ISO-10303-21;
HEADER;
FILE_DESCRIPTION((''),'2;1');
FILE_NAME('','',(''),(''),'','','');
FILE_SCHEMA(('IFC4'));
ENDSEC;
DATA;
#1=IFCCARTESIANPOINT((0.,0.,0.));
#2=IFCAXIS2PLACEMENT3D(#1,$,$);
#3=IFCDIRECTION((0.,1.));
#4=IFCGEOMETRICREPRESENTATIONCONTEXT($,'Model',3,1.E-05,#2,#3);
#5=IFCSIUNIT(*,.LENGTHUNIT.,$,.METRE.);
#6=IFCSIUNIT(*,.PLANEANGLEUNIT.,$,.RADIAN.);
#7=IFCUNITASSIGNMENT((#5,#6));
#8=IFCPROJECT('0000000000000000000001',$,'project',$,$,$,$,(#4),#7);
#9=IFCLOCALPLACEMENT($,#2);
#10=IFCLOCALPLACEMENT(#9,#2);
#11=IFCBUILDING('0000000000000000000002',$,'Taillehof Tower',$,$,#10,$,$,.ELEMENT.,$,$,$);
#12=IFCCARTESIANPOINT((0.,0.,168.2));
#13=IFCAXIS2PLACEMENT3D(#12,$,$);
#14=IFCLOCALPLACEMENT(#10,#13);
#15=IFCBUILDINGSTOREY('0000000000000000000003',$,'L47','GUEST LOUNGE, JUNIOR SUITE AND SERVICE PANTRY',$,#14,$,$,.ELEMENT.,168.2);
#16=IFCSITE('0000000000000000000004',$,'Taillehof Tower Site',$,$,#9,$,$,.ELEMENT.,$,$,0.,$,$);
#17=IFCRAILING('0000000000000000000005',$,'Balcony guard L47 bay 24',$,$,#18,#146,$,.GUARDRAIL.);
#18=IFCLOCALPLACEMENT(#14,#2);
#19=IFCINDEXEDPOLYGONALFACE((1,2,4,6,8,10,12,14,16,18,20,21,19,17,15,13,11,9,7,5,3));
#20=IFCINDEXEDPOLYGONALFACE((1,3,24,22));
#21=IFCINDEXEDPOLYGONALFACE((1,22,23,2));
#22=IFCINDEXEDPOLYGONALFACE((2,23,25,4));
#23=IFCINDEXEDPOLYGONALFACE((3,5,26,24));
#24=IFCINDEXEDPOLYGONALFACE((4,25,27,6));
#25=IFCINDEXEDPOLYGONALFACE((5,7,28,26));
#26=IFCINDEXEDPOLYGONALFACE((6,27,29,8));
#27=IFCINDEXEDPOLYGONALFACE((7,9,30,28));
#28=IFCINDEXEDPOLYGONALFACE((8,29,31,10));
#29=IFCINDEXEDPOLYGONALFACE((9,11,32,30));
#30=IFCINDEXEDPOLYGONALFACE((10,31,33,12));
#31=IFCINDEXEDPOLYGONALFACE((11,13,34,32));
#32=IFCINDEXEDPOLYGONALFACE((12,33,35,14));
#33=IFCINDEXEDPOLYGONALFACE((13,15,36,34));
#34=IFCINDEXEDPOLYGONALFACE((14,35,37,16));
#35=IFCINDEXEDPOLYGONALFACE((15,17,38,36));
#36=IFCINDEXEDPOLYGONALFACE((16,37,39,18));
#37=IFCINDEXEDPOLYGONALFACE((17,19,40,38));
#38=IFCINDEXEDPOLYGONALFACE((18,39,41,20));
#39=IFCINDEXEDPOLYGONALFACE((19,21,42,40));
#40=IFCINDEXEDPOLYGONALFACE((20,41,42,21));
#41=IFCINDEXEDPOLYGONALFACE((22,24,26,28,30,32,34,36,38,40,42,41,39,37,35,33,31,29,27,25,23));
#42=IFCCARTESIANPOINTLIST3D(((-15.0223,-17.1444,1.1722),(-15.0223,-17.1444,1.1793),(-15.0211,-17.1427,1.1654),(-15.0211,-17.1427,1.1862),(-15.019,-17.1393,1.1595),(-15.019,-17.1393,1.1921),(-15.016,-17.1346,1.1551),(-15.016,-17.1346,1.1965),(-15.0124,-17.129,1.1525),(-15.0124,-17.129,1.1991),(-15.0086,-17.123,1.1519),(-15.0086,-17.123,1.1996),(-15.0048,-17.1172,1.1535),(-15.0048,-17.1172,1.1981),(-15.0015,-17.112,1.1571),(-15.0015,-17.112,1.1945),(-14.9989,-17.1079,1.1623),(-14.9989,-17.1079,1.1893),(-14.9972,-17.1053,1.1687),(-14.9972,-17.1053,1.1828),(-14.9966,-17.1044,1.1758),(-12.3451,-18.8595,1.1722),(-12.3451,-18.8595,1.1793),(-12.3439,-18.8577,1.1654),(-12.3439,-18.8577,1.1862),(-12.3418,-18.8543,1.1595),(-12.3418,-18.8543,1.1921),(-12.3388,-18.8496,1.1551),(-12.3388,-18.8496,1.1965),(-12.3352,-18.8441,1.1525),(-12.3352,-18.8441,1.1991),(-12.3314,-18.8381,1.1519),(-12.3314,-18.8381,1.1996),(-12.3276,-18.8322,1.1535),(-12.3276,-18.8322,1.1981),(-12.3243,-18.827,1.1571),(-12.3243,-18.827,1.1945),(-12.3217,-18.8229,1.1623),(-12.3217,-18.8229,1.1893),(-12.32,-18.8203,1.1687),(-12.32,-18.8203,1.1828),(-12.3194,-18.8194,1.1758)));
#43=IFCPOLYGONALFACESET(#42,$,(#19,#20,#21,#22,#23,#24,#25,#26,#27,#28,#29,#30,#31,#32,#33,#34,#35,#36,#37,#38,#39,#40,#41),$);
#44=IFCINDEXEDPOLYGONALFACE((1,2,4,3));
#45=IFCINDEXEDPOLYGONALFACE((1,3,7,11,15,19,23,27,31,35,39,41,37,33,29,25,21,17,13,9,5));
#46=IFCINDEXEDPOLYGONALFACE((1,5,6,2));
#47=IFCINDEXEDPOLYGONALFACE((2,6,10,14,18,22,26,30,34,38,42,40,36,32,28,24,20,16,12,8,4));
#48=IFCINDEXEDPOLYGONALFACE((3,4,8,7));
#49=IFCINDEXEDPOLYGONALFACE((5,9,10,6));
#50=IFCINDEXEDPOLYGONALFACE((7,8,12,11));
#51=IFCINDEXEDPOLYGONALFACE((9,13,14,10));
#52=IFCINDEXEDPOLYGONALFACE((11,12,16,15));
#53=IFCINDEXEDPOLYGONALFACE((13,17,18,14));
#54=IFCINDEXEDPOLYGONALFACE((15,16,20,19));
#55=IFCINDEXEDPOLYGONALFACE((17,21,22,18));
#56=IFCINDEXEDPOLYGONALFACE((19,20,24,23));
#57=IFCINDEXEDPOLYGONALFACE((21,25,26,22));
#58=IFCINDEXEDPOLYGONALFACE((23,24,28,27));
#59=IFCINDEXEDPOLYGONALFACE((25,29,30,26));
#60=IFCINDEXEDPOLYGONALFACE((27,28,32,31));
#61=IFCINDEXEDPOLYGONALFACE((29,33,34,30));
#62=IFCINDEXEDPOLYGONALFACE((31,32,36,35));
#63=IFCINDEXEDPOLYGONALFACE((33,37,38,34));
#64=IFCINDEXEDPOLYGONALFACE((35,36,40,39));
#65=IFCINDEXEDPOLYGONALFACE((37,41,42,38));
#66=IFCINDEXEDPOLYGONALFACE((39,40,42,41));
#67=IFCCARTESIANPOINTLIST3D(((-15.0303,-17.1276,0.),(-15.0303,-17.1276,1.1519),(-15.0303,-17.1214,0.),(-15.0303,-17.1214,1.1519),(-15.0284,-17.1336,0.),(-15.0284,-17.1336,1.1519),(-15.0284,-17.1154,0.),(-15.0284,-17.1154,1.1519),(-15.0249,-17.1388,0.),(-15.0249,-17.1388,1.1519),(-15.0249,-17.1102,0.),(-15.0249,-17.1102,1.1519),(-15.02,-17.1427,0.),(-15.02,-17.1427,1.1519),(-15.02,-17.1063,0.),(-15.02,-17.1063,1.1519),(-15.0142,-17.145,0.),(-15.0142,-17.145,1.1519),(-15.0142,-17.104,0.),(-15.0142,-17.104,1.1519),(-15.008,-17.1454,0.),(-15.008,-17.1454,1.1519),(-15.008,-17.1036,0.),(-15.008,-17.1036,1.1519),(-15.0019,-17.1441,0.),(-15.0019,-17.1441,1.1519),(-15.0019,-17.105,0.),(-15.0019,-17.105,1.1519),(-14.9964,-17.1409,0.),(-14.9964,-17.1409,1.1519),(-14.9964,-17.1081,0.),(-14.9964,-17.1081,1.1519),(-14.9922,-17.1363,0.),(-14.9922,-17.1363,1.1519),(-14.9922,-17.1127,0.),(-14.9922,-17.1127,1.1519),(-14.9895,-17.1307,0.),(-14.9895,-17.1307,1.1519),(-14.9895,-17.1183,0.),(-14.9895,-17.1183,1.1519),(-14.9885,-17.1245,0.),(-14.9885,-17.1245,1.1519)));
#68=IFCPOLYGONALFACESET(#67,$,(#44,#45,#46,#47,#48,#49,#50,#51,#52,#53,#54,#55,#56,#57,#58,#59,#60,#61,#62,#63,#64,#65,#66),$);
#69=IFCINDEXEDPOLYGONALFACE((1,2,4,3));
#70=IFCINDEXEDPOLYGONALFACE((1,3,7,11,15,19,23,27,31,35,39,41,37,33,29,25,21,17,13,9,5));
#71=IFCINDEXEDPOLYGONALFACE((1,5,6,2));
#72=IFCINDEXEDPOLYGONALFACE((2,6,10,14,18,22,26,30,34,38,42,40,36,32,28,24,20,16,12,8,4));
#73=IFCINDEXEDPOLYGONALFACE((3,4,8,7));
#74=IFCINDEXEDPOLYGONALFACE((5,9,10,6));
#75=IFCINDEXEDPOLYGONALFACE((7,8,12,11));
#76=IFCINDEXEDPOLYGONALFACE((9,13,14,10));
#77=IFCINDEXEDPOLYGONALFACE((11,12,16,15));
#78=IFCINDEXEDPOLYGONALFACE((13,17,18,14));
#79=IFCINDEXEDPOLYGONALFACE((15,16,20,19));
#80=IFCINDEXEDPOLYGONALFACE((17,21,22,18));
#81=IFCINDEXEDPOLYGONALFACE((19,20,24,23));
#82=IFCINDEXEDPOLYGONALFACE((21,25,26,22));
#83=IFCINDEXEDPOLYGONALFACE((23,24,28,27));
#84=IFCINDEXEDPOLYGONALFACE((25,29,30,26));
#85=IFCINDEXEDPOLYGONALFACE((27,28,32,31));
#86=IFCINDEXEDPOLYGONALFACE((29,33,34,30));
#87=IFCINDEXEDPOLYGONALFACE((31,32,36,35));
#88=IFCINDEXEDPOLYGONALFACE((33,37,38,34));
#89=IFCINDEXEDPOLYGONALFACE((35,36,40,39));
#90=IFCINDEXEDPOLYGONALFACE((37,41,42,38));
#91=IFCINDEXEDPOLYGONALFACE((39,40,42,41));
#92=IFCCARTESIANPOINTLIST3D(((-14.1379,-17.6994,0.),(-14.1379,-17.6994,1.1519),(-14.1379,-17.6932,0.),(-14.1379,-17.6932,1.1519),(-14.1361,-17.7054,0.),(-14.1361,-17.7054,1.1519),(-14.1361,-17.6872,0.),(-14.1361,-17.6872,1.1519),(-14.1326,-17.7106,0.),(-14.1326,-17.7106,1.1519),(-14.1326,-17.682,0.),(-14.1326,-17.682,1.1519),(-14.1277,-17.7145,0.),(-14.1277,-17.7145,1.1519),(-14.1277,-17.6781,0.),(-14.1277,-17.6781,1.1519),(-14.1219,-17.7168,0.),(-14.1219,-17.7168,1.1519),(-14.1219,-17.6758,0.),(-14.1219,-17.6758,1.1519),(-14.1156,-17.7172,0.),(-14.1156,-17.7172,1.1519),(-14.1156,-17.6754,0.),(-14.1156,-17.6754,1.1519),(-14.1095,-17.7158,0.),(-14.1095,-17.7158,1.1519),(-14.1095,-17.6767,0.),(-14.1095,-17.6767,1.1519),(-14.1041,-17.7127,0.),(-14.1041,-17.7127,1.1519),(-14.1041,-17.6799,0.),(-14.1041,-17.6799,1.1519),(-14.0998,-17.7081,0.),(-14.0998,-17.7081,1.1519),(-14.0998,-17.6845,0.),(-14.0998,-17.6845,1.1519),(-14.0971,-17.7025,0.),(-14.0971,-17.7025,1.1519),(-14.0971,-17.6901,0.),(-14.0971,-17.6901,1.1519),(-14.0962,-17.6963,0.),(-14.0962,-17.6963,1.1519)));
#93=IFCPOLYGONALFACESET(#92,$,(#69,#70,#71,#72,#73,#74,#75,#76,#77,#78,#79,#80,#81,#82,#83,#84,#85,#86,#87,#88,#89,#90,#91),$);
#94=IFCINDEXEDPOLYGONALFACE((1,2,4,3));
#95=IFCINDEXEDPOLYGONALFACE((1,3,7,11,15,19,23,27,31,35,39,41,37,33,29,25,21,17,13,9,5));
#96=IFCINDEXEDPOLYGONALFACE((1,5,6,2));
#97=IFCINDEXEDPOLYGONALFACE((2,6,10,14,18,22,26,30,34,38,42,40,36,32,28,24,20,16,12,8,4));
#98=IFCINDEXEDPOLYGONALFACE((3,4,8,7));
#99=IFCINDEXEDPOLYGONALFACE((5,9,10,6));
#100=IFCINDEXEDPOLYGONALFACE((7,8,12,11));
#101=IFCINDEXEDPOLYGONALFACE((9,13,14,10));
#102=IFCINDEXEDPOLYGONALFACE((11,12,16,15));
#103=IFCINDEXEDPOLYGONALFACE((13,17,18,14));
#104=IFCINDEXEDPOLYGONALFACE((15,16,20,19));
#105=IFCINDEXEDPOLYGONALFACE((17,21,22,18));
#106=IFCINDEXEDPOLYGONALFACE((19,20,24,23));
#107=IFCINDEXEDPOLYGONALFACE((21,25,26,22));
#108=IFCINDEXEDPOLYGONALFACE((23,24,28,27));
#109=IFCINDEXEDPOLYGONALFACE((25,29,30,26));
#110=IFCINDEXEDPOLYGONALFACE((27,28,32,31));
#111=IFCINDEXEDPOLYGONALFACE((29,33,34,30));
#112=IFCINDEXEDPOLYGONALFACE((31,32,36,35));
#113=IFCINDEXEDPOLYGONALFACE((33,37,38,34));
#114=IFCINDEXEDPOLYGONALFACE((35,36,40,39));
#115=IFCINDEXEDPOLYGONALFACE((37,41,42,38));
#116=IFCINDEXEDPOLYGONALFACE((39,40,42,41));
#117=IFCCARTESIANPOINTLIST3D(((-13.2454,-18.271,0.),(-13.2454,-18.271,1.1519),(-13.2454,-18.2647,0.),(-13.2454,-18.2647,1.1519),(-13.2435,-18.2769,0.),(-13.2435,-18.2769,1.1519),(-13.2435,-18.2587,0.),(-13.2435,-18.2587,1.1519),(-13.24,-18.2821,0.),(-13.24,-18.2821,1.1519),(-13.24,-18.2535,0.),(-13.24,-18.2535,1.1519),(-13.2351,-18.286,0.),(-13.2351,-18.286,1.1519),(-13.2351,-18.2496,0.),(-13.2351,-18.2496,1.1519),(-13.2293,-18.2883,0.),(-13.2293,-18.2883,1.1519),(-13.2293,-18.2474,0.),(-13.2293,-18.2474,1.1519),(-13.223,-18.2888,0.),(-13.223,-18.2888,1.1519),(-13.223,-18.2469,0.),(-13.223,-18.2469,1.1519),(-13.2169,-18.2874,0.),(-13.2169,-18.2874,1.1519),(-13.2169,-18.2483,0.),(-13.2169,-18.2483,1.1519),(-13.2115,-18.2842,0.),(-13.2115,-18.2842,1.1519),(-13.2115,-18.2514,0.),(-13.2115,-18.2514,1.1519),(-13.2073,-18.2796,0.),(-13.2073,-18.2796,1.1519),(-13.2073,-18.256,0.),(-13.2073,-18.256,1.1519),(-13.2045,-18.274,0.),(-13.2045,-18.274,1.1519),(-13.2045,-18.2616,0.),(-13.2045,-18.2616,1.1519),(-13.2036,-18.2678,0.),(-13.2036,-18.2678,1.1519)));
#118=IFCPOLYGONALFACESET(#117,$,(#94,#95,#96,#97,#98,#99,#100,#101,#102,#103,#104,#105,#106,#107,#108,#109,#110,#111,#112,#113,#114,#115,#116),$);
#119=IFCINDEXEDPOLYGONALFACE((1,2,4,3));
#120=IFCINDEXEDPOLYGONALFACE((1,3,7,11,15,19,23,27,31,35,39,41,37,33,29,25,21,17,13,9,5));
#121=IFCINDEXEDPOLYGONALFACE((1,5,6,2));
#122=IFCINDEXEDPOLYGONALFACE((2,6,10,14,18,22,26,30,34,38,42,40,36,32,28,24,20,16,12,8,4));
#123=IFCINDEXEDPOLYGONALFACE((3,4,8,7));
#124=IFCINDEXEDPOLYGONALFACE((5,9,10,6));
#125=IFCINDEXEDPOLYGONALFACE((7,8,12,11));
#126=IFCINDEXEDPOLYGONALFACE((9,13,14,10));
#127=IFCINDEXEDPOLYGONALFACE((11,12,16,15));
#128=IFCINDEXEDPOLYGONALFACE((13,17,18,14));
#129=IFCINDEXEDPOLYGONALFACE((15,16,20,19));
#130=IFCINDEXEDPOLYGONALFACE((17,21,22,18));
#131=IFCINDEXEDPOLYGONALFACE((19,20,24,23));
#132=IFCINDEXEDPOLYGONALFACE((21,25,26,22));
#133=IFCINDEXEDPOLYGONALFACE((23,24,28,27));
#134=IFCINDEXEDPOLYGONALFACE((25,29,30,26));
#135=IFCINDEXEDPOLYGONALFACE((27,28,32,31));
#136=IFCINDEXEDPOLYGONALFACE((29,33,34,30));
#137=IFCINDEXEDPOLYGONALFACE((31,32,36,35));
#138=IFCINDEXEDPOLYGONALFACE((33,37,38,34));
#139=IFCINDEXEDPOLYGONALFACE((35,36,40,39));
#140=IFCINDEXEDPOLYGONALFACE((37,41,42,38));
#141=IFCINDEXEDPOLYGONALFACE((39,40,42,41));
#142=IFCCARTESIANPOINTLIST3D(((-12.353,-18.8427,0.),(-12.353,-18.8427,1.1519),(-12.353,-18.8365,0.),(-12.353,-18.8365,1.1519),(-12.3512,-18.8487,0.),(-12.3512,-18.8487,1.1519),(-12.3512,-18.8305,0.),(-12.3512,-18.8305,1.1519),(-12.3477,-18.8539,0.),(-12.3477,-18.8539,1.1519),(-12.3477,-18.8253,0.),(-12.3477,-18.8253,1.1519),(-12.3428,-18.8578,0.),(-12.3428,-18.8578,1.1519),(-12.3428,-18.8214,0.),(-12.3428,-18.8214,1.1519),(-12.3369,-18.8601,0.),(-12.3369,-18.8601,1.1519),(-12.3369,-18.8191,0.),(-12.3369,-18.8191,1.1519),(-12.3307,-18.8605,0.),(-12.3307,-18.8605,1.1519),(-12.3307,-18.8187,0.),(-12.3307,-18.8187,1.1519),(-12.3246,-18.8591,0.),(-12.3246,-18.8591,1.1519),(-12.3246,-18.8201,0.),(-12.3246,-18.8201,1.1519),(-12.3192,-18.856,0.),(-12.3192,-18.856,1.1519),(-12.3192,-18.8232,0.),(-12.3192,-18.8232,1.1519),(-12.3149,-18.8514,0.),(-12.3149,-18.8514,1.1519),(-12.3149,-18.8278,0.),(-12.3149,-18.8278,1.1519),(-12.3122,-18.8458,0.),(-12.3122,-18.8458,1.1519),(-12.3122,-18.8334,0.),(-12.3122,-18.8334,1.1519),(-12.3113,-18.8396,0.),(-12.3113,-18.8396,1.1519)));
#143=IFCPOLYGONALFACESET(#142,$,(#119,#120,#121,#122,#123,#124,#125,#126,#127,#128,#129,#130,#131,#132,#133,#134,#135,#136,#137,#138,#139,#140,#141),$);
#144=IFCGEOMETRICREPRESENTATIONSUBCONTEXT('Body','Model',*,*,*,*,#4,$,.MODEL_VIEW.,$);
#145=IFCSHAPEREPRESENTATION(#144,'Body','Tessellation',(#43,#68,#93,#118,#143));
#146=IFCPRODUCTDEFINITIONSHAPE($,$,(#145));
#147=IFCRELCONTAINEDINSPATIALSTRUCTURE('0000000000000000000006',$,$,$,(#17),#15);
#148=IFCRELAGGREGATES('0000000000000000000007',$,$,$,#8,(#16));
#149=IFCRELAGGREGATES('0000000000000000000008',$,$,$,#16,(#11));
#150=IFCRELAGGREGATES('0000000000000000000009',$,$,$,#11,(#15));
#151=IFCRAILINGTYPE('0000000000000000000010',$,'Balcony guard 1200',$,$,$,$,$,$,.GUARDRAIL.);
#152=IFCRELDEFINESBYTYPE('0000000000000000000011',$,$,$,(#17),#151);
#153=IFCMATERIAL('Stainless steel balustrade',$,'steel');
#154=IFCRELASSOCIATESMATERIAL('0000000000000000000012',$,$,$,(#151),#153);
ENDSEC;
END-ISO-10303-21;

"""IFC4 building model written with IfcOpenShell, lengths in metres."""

from ifc_helpers import new_model, si_unit, direction, frame, origin, origin_2d, place, context, subcontext, project, spatial, circle, extrude, material, type_object, element, save


model = new_model("IFC4")

# Units and contexts
model_context = context("Model", 3, precision=1e-05, world=origin(), true_north=direction((0.0, 1.0)))
body_context = subcontext(model_context, "Body", "Model", "MODEL_VIEW")
ifc_project = project(units=[si_unit("LENGTHUNIT", "METRE"), si_unit("PLANEANGLEUNIT", "RADIAN")], contexts=[model_context])

# Site, building, storey
site_placement = place(None, origin())
site = spatial("IfcSite", under=ifc_project, at=site_placement, Name="Taillehof Tower Site", CompositionType="ELEMENT", RefElevation=0.0)
building_placement = place(site_placement, origin())
building = spatial("IfcBuilding", under=site, at=building_placement, Name="Taillehof Tower", CompositionType="ELEMENT")
storey_placement = place(building_placement, frame((0.0, 0.0, 168.2)))
storey = spatial("IfcBuildingStorey", under=building, at=storey_placement, Name="L47", Description="GUEST LOUNGE, JUNIOR SUITE AND SERVICE PANTRY", CompositionType="ELEMENT", Elevation=168.2)

# Railing
ifc_material_1 = material(Name="Stainless steel balustrade", Category="steel")
railing_type = type_object("IfcRailingType", Name="Balcony guard 1200", PredefinedType="GUARDRAIL", material=ifc_material_1)
railing_placement = place(storey_placement, frame((-15.0095, -17.1245, 0.0)))
element("IfcRailing", 1, at=railing_placement, inside=storey, type_object=railing_type, Name="Balcony guard L47 bay 24", PredefinedType="GUARDRAIL", context=body_context, shape_type="SweptSolid", body=[
    extrude(circle(Radius=0.0239, at=origin_2d()), frame((0.0, 0.0, 1.1758), z_axis=(0.842036, -0.539422, 0.0), x_axis=(0.539422, 0.842036, 0.0)), (0.0, 0.0, 1.0), 3.1794),
    extrude(circle(Radius=0.021, at=origin_2d()), origin(), (0.0, 0.0, 1.0), 1.1519),
    extrude(circle(Radius=0.021, at=origin_2d()), frame((0.8923, -0.5718, 0.0)), (0.0, 0.0, 1.0), 1.1519),
    extrude(circle(Radius=0.021, at=origin_2d()), frame((1.7849, -1.1433, 0.0)), (0.0, 0.0, 1.0), 1.1519),
    extrude(circle(Radius=0.021, at=origin_2d()), frame((2.6772, -1.7151, 0.0)), (0.0, 0.0, 1.0), 1.1519),
])

save(model, "model.ifc")
